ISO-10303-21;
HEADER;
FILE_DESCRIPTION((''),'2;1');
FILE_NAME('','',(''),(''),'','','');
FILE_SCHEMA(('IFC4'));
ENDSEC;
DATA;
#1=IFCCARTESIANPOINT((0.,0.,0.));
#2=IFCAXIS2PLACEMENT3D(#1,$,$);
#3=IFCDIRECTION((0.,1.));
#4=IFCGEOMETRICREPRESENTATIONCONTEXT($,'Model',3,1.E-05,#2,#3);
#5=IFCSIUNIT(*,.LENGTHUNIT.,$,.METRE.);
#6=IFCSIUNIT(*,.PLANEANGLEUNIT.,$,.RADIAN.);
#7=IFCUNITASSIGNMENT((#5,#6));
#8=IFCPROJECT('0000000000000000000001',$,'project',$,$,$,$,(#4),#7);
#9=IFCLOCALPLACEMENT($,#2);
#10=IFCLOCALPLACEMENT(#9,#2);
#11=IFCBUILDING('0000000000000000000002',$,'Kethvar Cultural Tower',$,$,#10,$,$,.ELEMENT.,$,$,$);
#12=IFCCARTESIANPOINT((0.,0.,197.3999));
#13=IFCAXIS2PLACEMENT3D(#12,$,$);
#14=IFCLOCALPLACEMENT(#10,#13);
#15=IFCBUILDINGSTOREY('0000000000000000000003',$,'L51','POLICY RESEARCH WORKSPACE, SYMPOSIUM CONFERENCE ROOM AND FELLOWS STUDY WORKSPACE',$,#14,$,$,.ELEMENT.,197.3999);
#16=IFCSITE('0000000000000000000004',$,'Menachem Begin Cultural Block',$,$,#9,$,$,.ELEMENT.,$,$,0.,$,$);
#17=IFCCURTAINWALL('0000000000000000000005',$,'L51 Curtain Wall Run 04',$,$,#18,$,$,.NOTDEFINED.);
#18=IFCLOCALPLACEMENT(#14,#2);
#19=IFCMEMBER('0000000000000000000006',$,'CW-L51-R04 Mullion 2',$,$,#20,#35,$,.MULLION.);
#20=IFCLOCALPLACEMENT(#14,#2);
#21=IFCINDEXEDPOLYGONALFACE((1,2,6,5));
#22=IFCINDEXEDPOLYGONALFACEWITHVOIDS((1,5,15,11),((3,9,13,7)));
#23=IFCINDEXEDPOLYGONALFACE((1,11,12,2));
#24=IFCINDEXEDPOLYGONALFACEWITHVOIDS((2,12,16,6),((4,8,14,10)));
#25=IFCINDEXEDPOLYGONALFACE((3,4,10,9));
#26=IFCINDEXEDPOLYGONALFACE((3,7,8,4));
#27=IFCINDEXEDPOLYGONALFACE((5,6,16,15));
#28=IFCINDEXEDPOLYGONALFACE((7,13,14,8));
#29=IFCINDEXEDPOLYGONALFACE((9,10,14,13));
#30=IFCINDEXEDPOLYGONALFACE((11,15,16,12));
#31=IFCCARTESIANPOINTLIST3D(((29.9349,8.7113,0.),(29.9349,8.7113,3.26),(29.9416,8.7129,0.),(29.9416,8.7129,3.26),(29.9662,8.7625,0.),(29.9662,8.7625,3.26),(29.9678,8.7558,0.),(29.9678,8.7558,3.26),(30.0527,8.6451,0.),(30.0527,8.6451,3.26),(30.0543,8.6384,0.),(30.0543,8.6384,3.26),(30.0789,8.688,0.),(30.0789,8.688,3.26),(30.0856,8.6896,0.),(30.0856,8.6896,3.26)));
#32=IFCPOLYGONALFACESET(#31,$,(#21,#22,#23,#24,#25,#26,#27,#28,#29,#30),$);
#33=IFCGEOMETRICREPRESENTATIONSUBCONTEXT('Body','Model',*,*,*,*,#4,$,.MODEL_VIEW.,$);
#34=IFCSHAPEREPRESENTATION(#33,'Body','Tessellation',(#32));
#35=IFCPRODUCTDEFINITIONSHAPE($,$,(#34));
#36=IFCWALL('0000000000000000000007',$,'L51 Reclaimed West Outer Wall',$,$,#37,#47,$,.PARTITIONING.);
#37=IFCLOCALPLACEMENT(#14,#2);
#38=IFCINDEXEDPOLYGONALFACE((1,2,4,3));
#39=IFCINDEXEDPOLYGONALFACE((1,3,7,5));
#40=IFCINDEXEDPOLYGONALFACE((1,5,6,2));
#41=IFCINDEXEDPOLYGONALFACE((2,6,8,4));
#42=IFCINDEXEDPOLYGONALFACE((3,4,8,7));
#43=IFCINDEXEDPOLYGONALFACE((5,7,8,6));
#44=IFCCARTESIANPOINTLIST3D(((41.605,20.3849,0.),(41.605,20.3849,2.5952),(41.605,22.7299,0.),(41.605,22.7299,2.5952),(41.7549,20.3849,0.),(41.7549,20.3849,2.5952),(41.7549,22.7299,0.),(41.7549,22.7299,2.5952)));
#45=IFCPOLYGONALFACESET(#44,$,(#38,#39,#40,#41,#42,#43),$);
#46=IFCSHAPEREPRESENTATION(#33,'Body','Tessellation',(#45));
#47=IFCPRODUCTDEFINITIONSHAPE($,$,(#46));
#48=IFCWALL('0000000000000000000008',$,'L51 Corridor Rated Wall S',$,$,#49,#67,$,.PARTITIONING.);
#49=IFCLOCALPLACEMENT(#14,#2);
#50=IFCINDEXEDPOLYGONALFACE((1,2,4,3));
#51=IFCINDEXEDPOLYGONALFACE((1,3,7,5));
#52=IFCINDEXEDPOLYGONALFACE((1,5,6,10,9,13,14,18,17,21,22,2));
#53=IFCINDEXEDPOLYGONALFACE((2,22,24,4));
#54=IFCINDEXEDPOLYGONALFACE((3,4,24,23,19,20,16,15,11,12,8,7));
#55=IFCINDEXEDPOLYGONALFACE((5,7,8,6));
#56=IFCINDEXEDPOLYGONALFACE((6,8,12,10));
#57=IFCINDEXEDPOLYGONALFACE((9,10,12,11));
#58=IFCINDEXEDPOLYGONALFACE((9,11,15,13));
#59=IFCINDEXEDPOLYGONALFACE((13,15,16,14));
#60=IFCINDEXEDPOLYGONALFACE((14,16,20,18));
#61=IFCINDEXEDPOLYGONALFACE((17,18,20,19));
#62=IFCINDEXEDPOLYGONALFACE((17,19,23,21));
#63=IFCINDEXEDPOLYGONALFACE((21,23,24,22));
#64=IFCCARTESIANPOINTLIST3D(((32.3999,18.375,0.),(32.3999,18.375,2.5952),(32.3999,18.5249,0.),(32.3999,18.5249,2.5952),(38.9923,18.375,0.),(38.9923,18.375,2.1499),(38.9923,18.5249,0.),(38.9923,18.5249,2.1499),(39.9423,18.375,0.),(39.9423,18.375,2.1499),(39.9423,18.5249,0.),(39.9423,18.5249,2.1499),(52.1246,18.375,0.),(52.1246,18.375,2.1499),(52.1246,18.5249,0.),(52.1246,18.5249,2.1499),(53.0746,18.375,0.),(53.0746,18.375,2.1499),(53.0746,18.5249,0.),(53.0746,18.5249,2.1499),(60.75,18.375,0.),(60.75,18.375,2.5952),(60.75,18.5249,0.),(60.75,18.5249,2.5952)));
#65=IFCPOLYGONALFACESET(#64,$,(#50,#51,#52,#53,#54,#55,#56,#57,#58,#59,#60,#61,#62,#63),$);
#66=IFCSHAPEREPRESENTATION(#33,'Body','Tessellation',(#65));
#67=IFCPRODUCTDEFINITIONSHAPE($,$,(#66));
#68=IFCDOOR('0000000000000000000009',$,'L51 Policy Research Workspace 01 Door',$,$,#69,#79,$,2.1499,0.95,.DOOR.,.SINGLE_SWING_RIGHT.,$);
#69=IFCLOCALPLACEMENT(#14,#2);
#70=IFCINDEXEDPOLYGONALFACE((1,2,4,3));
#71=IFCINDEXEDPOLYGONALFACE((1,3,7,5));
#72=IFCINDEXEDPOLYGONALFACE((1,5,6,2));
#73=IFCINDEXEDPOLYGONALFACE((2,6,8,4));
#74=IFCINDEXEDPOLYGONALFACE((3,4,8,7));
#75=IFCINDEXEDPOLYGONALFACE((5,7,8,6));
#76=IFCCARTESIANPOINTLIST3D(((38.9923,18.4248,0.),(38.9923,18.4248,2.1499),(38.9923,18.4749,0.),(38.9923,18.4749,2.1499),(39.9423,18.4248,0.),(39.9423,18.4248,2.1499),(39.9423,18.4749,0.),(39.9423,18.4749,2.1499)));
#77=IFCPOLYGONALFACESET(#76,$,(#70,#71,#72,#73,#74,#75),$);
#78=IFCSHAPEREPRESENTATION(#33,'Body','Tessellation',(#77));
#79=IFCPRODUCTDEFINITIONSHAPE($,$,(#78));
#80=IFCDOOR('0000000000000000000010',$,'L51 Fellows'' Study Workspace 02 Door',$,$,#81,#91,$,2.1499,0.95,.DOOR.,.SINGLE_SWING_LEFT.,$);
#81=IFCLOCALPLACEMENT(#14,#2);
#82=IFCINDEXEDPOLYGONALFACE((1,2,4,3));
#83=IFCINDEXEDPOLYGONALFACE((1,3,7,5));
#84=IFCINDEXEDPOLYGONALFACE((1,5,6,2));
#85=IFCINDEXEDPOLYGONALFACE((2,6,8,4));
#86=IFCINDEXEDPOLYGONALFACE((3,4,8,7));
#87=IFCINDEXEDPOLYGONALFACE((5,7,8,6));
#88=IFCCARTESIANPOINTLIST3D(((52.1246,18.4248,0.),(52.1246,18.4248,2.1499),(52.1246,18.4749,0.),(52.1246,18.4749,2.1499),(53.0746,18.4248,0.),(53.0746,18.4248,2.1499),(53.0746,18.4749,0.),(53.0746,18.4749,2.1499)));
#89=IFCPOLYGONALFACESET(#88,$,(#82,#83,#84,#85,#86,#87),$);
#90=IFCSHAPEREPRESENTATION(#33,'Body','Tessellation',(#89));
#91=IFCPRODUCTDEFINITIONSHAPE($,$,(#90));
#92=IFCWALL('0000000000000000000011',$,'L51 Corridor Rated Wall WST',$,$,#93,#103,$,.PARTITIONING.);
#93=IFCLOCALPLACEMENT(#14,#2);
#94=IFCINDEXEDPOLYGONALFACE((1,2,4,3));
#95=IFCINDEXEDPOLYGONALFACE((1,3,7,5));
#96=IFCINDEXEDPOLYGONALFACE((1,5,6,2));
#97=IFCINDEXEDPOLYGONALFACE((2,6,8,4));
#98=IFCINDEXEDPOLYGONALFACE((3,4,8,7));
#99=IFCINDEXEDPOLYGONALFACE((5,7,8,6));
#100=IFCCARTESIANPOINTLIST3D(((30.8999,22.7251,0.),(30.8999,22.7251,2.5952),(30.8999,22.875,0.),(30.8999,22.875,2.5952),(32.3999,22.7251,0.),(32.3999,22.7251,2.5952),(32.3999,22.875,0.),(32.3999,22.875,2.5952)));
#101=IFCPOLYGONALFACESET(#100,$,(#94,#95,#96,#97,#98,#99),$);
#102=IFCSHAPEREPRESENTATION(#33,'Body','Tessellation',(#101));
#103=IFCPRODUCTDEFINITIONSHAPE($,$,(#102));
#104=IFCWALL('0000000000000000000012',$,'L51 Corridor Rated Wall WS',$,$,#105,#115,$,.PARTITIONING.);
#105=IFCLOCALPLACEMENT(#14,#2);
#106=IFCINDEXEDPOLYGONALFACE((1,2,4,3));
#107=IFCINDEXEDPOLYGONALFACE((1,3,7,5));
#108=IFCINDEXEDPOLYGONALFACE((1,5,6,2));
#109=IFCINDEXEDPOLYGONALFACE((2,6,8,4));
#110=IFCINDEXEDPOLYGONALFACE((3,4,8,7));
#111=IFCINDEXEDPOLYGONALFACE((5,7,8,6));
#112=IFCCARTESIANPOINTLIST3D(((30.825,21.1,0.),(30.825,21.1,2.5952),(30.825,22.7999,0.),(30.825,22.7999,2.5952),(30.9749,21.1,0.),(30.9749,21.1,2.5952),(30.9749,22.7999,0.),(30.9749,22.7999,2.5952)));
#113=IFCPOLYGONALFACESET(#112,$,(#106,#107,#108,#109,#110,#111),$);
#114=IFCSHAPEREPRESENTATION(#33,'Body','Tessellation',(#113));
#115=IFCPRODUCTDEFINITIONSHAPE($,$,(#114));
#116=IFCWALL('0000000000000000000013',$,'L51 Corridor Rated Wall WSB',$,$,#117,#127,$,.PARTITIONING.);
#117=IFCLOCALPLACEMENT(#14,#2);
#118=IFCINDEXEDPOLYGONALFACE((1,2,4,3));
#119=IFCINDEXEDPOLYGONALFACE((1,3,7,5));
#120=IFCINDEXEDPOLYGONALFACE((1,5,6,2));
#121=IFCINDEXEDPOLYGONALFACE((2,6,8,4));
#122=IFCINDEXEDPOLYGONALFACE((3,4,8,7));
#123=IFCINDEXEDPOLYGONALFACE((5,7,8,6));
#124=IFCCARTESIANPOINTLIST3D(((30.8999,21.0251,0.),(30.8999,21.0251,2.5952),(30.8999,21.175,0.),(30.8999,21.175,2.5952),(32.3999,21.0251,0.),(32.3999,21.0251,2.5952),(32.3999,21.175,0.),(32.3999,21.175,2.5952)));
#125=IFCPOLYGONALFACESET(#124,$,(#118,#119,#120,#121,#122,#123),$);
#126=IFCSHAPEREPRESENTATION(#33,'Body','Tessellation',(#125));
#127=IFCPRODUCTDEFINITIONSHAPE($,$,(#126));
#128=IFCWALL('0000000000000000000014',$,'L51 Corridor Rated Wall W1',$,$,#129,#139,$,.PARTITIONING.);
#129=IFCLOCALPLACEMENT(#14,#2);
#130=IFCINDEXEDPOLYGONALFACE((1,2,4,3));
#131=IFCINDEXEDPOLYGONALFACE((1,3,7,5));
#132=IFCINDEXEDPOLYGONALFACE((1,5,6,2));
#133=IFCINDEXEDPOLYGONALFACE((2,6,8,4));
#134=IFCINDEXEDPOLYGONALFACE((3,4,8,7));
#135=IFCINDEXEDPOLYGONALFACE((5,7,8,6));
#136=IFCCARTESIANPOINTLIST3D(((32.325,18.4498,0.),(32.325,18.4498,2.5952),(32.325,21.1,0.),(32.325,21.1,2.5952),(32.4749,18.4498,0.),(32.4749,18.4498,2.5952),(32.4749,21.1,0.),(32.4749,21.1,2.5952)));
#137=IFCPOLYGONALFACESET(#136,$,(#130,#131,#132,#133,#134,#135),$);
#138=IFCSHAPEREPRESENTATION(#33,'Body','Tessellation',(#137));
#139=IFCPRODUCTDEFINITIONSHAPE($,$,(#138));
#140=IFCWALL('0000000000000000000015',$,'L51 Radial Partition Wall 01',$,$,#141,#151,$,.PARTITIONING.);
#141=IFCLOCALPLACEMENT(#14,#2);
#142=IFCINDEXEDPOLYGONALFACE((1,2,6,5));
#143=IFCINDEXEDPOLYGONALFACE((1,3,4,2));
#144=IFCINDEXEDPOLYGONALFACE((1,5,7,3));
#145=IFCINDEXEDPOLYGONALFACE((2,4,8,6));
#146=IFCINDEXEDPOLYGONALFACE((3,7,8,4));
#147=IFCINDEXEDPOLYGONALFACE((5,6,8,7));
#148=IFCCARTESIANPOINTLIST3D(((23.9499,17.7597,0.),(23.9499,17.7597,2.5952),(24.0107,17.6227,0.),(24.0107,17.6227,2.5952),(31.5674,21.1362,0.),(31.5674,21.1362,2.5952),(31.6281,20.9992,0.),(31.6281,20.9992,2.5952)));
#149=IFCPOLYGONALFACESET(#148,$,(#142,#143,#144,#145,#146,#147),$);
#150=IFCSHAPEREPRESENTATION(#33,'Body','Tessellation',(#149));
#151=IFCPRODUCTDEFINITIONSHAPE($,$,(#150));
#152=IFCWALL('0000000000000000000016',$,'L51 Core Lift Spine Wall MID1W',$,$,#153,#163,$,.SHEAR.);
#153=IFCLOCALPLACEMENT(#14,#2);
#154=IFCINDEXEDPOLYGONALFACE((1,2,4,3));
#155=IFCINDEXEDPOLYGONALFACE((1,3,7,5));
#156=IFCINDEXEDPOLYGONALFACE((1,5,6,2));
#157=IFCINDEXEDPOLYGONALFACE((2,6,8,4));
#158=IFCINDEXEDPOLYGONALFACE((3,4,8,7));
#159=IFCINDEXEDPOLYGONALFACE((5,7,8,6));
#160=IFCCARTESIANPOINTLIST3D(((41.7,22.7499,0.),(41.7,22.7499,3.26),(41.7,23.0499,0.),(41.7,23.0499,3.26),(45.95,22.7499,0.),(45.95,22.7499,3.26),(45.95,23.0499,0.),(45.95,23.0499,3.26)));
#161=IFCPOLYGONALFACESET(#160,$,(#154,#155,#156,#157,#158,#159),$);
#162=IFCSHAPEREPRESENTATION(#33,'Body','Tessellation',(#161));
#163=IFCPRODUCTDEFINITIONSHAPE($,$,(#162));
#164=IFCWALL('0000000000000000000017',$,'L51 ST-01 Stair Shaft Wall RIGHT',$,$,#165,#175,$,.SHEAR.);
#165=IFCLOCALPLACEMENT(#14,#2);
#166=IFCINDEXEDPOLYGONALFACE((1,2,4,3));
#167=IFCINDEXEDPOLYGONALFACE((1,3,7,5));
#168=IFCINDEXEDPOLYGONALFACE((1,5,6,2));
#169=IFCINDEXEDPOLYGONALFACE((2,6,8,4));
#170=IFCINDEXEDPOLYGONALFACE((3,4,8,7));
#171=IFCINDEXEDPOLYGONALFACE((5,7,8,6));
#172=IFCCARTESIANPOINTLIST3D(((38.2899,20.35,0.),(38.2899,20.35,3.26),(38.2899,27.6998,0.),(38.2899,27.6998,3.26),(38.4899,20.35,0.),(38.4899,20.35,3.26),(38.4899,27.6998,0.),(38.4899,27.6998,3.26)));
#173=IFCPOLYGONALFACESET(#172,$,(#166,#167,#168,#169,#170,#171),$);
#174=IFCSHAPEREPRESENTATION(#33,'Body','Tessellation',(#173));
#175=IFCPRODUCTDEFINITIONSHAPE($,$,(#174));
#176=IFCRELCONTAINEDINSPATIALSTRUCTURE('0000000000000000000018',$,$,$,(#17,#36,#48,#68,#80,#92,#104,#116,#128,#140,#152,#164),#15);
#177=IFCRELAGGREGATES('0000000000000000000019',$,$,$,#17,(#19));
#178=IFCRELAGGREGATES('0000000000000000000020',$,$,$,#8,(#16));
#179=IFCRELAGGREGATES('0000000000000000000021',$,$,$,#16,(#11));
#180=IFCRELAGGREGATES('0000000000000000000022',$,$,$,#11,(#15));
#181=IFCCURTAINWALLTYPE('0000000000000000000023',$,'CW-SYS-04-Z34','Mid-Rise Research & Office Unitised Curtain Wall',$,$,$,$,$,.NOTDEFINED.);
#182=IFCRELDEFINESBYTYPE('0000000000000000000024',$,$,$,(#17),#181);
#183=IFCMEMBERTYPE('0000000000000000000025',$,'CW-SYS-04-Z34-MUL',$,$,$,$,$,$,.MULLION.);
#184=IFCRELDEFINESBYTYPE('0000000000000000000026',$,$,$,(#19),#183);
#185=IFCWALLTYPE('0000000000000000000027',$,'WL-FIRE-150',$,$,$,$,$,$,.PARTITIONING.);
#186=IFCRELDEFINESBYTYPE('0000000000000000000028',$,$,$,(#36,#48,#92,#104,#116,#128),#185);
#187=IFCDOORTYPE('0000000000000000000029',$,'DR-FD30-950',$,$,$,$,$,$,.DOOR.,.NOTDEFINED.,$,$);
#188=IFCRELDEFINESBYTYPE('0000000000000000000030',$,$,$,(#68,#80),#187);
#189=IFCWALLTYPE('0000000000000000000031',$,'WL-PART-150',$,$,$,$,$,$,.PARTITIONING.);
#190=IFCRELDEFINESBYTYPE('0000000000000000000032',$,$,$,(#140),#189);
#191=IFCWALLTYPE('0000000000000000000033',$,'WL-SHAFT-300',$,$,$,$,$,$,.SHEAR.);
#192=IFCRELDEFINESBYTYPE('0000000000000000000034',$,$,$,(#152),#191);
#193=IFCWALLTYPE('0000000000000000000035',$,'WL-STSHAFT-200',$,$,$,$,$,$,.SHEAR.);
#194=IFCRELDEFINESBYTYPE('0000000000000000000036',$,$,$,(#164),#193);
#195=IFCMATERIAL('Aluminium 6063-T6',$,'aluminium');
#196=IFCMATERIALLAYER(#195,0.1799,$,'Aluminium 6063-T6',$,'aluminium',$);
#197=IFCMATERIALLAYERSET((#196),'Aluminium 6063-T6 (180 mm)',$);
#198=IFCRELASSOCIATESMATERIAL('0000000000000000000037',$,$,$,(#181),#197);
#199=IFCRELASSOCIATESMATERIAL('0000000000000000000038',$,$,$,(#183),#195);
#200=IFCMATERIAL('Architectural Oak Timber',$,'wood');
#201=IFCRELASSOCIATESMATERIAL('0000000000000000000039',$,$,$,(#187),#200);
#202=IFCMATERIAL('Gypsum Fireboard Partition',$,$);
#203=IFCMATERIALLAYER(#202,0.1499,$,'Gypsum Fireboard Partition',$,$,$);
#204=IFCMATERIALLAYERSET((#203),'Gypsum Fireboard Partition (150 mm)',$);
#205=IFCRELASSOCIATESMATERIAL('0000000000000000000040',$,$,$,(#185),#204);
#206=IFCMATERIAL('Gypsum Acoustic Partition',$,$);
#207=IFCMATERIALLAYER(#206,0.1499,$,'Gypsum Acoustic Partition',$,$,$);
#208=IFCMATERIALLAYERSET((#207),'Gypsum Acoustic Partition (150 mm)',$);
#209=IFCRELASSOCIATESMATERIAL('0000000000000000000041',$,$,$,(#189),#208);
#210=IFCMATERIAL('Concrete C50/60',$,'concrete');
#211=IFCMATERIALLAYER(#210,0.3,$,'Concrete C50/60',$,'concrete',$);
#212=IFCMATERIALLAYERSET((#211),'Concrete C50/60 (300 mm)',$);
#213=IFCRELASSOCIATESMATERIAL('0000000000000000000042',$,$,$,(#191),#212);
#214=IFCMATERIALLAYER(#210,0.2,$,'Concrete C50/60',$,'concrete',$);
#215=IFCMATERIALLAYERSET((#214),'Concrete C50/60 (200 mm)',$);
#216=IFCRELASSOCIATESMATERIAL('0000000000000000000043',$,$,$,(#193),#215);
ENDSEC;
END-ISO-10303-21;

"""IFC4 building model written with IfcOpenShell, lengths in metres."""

from ifc_helpers import new_model, si_unit, direction, frame, frame_2d, origin, origin_2d, place, context, subcontext, project, spatial, rectangle, hollow_rectangle, extrude, source, transform, mapped, material, layer, layer_set, material_profile, profile_set, type_object, element, fill, aggregate, save


model = new_model("IFC4")

# Units and contexts
model_context = context("Model", 3, precision=1e-05, world=origin(), true_north=direction((0.0, 1.0)))
body_context = subcontext(model_context, "Body", "Model", "MODEL_VIEW")
ifc_project = project(units=[si_unit("LENGTHUNIT", "METRE"), si_unit("PLANEANGLEUNIT", "RADIAN")], contexts=[model_context])

# Site, building, storey
site_placement = place(None, origin())
site = spatial("IfcSite", under=ifc_project, at=site_placement, Name="Menachem Begin Cultural Block", CompositionType="ELEMENT", RefElevation=0.0)
building_placement = place(site_placement, origin())
building = spatial("IfcBuilding", under=site, at=building_placement, Name="Kethvar Cultural Tower", CompositionType="ELEMENT")
storey_placement = place(building_placement, frame((0.0, 0.0, 197.3999)))
storey = spatial("IfcBuildingStorey", under=building, at=storey_placement, Name="L51", Description="POLICY RESEARCH WORKSPACE, SYMPOSIUM CONFERENCE ROOM AND FELLOWS STUDY WORKSPACE", CompositionType="ELEMENT", Elevation=197.3999)

# Curtain wall, member
ifc_material_1 = material(Name="Aluminium 6063-T6", Category="aluminium")
ifc_layer_1 = layer(ifc_material_1, 0.1799, Name="Aluminium 6063-T6", Category="aluminium")
ifc_layer_set_1 = layer_set([ifc_layer_1], Name="Aluminium 6063-T6 (180 mm)")
curtain_wall_type = type_object("IfcCurtainWallType", Name="CW-SYS-04-Z34", Description="Mid-Rise Research & Office Unitised Curtain Wall", PredefinedType="NOTDEFINED", material=ifc_layer_set_1)
curtain_wall_placement = place(storey_placement, origin())
curtain_wall = element("IfcCurtainWall", 1, at=curtain_wall_placement, inside=storey, type_object=curtain_wall_type, Name="L51 Curtain Wall Run 04", PredefinedType="NOTDEFINED")
ifc_material_profile_1 = material_profile(ifc_material_1, hollow_rectangle(XDim=0.0601, YDim=0.1399, WallThickness=0.0049, at=origin_2d()), Name="Aluminium 6063-T6 — RHS140x60x5")
ifc_profile_set_1 = profile_set([ifc_material_profile_1], Name="Aluminium 6063-T6 — RHS140x60x5")
member_type = type_object("IfcMemberType", Name="CW-SYS-04-Z34-MUL", PredefinedType="MULLION", material=ifc_profile_set_1)
shared_shape_1 = source(origin(), body_context, "Body", "SweptSolid", [
    extrude(hollow_rectangle(XDim=0.0601, YDim=0.1399, WallThickness=0.0049, at=origin_2d()), origin(), (0.0, 0.0, 1.0), 3.26),
])
member_placement = place(storey_placement, frame((30.0103, 8.7004, 0.0), z_axis=(0.0, 0.0, 1.0), x_axis=(0.52101, 0.853551, 0.0)))
member = element("IfcMember", 2, at=member_placement, type_object=member_type, Name="CW-L51-R04 Mullion 2", PredefinedType="MULLION", context=body_context, shape_type="MappedRepresentation", body=[
    mapped(shared_shape_1, transform((0.0, 0.0, 0.0), scale=1.0)),
])
aggregate(curtain_wall, [member])

# Shared definitions
ifc_material_2 = material(Name="Architectural Oak Timber", Category="wood")
door_type_1 = type_object("IfcDoorType", Name="DR-FD30-950", OperationType="NOTDEFINED", PredefinedType="DOOR", material=ifc_material_2)
shared_shape_2 = source(origin(), body_context, "Body", "SweptSolid", [
    extrude(rectangle(XDim=0.95, YDim=2.1499, at=frame_2d((0.4751, 1.075))), frame((0.0, 0.0249, 0.0), z_axis=(0.0, -1.0, 0.0), x_axis=(1.0, 0.0, 0.0)), (0.0, 0.0, 1.0), 0.05),
])

# Wall
ifc_material_3 = material(Name="Gypsum Fireboard Partition")
ifc_layer_2 = layer(ifc_material_3, 0.1499, Name="Gypsum Fireboard Partition")
ifc_layer_set_2 = layer_set([ifc_layer_2], Name="Gypsum Fireboard Partition (150 mm)")
wall_type_1 = type_object("IfcWallType", Name="WL-FIRE-150", PredefinedType="PARTITIONING", material=ifc_layer_set_2)
wall_1_placement = place(storey_placement, frame((41.6799, 20.385, 0.0), z_axis=(0.0, 0.0, 1.0), x_axis=(0.0, 1.0, 0.0)))
element("IfcWall", 3, at=wall_1_placement, inside=storey, type_object=wall_type_1, Name="L51 Reclaimed West Outer Wall", PredefinedType="PARTITIONING", context=body_context, shape_type="SweptSolid", body=[
    extrude(rectangle(XDim=2.345, YDim=0.1499, at=frame_2d((1.1724, 0.0))), origin(), (0.0, 0.0, 1.0), 2.5952),
])

# Wall, openings, doors
wall_2_placement = place(storey_placement, frame((32.3999, 18.45, 0.0), z_axis=(0.0, 0.0, 1.0), x_axis=(1.0, 0.0, 0.0)))
wall_2 = element("IfcWall", 4, at=wall_2_placement, inside=storey, type_object=wall_type_1, Name="L51 Corridor Rated Wall S", PredefinedType="PARTITIONING", context=body_context, shape_type="SweptSolid", body=[
    extrude(rectangle(XDim=28.3501, YDim=0.1499, at=frame_2d((14.175, 0.0))), origin(), (0.0, 0.0, 1.0), 2.5952),
])
opening_1_placement = place(wall_2_placement, frame((6.5923, 0.0, 0.0)))
opening_1 = element("IfcOpeningElement", 5, at=opening_1_placement, cuts=wall_2, PredefinedType="OPENING", context=body_context, shape_type="SweptSolid", body=[
    extrude(rectangle(XDim=0.95, YDim=2.1499, at=frame_2d((0.4751, 1.075))), frame((0.0, 0.085, 0.0), z_axis=(0.0, -1.0, 0.0), x_axis=(1.0, 0.0, 0.0)), (0.0, 0.0, 1.0), 0.1699),
])
opening_2_placement = place(wall_2_placement, frame((19.7246, 0.0, 0.0)))
opening_2 = element("IfcOpeningElement", 6, at=opening_2_placement, cuts=wall_2, PredefinedType="OPENING", context=body_context, shape_type="SweptSolid", body=[
    extrude(rectangle(XDim=0.95, YDim=2.1499, at=frame_2d((0.4751, 1.075))), frame((0.0, 0.085, 0.0), z_axis=(0.0, -1.0, 0.0), x_axis=(1.0, 0.0, 0.0)), (0.0, 0.0, 1.0), 0.1699),
])
door_1_placement = place(opening_1_placement, origin())
door_1 = element("IfcDoor", 7, at=door_1_placement, inside=storey, type_object=door_type_1, Name="L51 Policy Research Workspace 01 Door", OperationType="SINGLE_SWING_RIGHT", OverallHeight=2.1499, OverallWidth=0.95, PredefinedType="DOOR", context=body_context, shape_type="MappedRepresentation", body=[
    mapped(shared_shape_2, transform((0.0, 0.0, 0.0), scale=1.0)),
])
fill(opening_1, door_1)
door_2_placement = place(opening_2_placement, origin())
door_2 = element("IfcDoor", 8, at=door_2_placement, inside=storey, type_object=door_type_1, Name="L51 Fellows' Study Workspace 02 Door", OperationType="SINGLE_SWING_LEFT", OverallHeight=2.1499, OverallWidth=0.95, PredefinedType="DOOR", context=body_context, shape_type="MappedRepresentation", body=[
    mapped(shared_shape_2, transform((0.0, 0.0, 0.0), scale=1.0)),
])
fill(opening_2, door_2)

# Walls
wall_3_placement = place(storey_placement, frame((32.3999, 22.8, 0.0), z_axis=(0.0, 0.0, 1.0), x_axis=(-1.0, 0.0, 0.0)))
element("IfcWall", 9, at=wall_3_placement, inside=storey, type_object=wall_type_1, Name="L51 Corridor Rated Wall WST", PredefinedType="PARTITIONING", context=body_context, shape_type="SweptSolid", body=[
    extrude(rectangle(XDim=1.5, YDim=0.1499, at=frame_2d((0.75, 0.0))), origin(), (0.0, 0.0, 1.0), 2.5952),
])
wall_4_placement = place(storey_placement, frame((30.8999, 22.8, 0.0), z_axis=(0.0, 0.0, 1.0), x_axis=(0.0, -1.0, 0.0)))
element("IfcWall", 10, at=wall_4_placement, inside=storey, type_object=wall_type_1, Name="L51 Corridor Rated Wall WS", PredefinedType="PARTITIONING", context=body_context, shape_type="SweptSolid", body=[
    extrude(rectangle(XDim=1.7, YDim=0.1499, at=frame_2d((0.8501, 0.0))), origin(), (0.0, 0.0, 1.0), 2.5952),
])
wall_5_placement = place(storey_placement, frame((30.8999, 21.1001, 0.0), z_axis=(0.0, 0.0, 1.0), x_axis=(1.0, 0.0, 0.0)))
element("IfcWall", 11, at=wall_5_placement, inside=storey, type_object=wall_type_1, Name="L51 Corridor Rated Wall WSB", PredefinedType="PARTITIONING", context=body_context, shape_type="SweptSolid", body=[
    extrude(rectangle(XDim=1.5, YDim=0.1499, at=frame_2d((0.75, 0.0))), origin(), (0.0, 0.0, 1.0), 2.5952),
])
wall_6_placement = place(storey_placement, frame((32.3999, 21.1001, 0.0), z_axis=(0.0, 0.0, 1.0), x_axis=(0.0, -1.0, 0.0)))
element("IfcWall", 12, at=wall_6_placement, inside=storey, type_object=wall_type_1, Name="L51 Corridor Rated Wall W1", PredefinedType="PARTITIONING", context=body_context, shape_type="SweptSolid", body=[
    extrude(rectangle(XDim=2.6501, YDim=0.1499, at=frame_2d((1.3252, 0.0))), origin(), (0.0, 0.0, 1.0), 2.5952),
])
ifc_material_4 = material(Name="Gypsum Acoustic Partition")
ifc_layer_3 = layer(ifc_material_4, 0.1499, Name="Gypsum Acoustic Partition")
ifc_layer_set_3 = layer_set([ifc_layer_3], Name="Gypsum Acoustic Partition (150 mm)")
wall_type_2 = type_object("IfcWallType", Name="WL-PART-150", PredefinedType="PARTITIONING", material=ifc_layer_set_3)
wall_7_placement = place(storey_placement, frame((31.5977, 21.0676, 0.0), z_axis=(0.0, 0.0, 1.0), x_axis=(-0.914215, -0.40523, 0.0)))
element("IfcWall", 13, at=wall_7_placement, inside=storey, type_object=wall_type_2, Name="L51 Radial Partition Wall 01", PredefinedType="PARTITIONING", context=body_context, shape_type="SweptSolid", body=[
    extrude(rectangle(XDim=8.3323, YDim=0.1499, at=frame_2d((4.166, 0.0))), origin(), (0.0, 0.0, 1.0), 2.5952),
])
ifc_material_5 = material(Name="Concrete C50/60", Category="concrete")
ifc_layer_4 = layer(ifc_material_5, 0.3, Name="Concrete C50/60", Category="concrete")
ifc_layer_set_4 = layer_set([ifc_layer_4], Name="Concrete C50/60 (300 mm)")
wall_type_3 = type_object("IfcWallType", Name="WL-SHAFT-300", PredefinedType="SHEAR", material=ifc_layer_set_4)
wall_8_placement = place(storey_placement, frame((41.7, 22.8999, 0.0), z_axis=(0.0, 0.0, 1.0), x_axis=(1.0, 0.0, 0.0)))
element("IfcWall", 14, at=wall_8_placement, inside=storey, type_object=wall_type_3, Name="L51 Core Lift Spine Wall MID1W", PredefinedType="SHEAR", context=body_context, shape_type="SweptSolid", body=[
    extrude(rectangle(XDim=4.25, YDim=0.3, at=frame_2d((2.125, 0.0))), origin(), (0.0, 0.0, 1.0), 3.26),
])
ifc_layer_5 = layer(ifc_material_5, 0.2, Name="Concrete C50/60", Category="concrete")
ifc_layer_set_5 = layer_set([ifc_layer_5], Name="Concrete C50/60 (200 mm)")
wall_type_4 = type_object("IfcWallType", Name="WL-STSHAFT-200", PredefinedType="SHEAR", material=ifc_layer_set_5)
wall_9_placement = place(storey_placement, frame((38.3899, 20.3501, 0.0), z_axis=(0.0, 0.0, 1.0), x_axis=(0.0, 1.0, 0.0)))
element("IfcWall", 15, at=wall_9_placement, inside=storey, type_object=wall_type_4, Name="L51 ST-01 Stair Shaft Wall RIGHT", PredefinedType="SHEAR", context=body_context, shape_type="SweptSolid", body=[
    extrude(rectangle(XDim=7.3499, YDim=0.2, at=frame_2d((3.6748, 0.0))), origin(), (0.0, 0.0, 1.0), 3.26),
])

save(model, "model.ifc")
